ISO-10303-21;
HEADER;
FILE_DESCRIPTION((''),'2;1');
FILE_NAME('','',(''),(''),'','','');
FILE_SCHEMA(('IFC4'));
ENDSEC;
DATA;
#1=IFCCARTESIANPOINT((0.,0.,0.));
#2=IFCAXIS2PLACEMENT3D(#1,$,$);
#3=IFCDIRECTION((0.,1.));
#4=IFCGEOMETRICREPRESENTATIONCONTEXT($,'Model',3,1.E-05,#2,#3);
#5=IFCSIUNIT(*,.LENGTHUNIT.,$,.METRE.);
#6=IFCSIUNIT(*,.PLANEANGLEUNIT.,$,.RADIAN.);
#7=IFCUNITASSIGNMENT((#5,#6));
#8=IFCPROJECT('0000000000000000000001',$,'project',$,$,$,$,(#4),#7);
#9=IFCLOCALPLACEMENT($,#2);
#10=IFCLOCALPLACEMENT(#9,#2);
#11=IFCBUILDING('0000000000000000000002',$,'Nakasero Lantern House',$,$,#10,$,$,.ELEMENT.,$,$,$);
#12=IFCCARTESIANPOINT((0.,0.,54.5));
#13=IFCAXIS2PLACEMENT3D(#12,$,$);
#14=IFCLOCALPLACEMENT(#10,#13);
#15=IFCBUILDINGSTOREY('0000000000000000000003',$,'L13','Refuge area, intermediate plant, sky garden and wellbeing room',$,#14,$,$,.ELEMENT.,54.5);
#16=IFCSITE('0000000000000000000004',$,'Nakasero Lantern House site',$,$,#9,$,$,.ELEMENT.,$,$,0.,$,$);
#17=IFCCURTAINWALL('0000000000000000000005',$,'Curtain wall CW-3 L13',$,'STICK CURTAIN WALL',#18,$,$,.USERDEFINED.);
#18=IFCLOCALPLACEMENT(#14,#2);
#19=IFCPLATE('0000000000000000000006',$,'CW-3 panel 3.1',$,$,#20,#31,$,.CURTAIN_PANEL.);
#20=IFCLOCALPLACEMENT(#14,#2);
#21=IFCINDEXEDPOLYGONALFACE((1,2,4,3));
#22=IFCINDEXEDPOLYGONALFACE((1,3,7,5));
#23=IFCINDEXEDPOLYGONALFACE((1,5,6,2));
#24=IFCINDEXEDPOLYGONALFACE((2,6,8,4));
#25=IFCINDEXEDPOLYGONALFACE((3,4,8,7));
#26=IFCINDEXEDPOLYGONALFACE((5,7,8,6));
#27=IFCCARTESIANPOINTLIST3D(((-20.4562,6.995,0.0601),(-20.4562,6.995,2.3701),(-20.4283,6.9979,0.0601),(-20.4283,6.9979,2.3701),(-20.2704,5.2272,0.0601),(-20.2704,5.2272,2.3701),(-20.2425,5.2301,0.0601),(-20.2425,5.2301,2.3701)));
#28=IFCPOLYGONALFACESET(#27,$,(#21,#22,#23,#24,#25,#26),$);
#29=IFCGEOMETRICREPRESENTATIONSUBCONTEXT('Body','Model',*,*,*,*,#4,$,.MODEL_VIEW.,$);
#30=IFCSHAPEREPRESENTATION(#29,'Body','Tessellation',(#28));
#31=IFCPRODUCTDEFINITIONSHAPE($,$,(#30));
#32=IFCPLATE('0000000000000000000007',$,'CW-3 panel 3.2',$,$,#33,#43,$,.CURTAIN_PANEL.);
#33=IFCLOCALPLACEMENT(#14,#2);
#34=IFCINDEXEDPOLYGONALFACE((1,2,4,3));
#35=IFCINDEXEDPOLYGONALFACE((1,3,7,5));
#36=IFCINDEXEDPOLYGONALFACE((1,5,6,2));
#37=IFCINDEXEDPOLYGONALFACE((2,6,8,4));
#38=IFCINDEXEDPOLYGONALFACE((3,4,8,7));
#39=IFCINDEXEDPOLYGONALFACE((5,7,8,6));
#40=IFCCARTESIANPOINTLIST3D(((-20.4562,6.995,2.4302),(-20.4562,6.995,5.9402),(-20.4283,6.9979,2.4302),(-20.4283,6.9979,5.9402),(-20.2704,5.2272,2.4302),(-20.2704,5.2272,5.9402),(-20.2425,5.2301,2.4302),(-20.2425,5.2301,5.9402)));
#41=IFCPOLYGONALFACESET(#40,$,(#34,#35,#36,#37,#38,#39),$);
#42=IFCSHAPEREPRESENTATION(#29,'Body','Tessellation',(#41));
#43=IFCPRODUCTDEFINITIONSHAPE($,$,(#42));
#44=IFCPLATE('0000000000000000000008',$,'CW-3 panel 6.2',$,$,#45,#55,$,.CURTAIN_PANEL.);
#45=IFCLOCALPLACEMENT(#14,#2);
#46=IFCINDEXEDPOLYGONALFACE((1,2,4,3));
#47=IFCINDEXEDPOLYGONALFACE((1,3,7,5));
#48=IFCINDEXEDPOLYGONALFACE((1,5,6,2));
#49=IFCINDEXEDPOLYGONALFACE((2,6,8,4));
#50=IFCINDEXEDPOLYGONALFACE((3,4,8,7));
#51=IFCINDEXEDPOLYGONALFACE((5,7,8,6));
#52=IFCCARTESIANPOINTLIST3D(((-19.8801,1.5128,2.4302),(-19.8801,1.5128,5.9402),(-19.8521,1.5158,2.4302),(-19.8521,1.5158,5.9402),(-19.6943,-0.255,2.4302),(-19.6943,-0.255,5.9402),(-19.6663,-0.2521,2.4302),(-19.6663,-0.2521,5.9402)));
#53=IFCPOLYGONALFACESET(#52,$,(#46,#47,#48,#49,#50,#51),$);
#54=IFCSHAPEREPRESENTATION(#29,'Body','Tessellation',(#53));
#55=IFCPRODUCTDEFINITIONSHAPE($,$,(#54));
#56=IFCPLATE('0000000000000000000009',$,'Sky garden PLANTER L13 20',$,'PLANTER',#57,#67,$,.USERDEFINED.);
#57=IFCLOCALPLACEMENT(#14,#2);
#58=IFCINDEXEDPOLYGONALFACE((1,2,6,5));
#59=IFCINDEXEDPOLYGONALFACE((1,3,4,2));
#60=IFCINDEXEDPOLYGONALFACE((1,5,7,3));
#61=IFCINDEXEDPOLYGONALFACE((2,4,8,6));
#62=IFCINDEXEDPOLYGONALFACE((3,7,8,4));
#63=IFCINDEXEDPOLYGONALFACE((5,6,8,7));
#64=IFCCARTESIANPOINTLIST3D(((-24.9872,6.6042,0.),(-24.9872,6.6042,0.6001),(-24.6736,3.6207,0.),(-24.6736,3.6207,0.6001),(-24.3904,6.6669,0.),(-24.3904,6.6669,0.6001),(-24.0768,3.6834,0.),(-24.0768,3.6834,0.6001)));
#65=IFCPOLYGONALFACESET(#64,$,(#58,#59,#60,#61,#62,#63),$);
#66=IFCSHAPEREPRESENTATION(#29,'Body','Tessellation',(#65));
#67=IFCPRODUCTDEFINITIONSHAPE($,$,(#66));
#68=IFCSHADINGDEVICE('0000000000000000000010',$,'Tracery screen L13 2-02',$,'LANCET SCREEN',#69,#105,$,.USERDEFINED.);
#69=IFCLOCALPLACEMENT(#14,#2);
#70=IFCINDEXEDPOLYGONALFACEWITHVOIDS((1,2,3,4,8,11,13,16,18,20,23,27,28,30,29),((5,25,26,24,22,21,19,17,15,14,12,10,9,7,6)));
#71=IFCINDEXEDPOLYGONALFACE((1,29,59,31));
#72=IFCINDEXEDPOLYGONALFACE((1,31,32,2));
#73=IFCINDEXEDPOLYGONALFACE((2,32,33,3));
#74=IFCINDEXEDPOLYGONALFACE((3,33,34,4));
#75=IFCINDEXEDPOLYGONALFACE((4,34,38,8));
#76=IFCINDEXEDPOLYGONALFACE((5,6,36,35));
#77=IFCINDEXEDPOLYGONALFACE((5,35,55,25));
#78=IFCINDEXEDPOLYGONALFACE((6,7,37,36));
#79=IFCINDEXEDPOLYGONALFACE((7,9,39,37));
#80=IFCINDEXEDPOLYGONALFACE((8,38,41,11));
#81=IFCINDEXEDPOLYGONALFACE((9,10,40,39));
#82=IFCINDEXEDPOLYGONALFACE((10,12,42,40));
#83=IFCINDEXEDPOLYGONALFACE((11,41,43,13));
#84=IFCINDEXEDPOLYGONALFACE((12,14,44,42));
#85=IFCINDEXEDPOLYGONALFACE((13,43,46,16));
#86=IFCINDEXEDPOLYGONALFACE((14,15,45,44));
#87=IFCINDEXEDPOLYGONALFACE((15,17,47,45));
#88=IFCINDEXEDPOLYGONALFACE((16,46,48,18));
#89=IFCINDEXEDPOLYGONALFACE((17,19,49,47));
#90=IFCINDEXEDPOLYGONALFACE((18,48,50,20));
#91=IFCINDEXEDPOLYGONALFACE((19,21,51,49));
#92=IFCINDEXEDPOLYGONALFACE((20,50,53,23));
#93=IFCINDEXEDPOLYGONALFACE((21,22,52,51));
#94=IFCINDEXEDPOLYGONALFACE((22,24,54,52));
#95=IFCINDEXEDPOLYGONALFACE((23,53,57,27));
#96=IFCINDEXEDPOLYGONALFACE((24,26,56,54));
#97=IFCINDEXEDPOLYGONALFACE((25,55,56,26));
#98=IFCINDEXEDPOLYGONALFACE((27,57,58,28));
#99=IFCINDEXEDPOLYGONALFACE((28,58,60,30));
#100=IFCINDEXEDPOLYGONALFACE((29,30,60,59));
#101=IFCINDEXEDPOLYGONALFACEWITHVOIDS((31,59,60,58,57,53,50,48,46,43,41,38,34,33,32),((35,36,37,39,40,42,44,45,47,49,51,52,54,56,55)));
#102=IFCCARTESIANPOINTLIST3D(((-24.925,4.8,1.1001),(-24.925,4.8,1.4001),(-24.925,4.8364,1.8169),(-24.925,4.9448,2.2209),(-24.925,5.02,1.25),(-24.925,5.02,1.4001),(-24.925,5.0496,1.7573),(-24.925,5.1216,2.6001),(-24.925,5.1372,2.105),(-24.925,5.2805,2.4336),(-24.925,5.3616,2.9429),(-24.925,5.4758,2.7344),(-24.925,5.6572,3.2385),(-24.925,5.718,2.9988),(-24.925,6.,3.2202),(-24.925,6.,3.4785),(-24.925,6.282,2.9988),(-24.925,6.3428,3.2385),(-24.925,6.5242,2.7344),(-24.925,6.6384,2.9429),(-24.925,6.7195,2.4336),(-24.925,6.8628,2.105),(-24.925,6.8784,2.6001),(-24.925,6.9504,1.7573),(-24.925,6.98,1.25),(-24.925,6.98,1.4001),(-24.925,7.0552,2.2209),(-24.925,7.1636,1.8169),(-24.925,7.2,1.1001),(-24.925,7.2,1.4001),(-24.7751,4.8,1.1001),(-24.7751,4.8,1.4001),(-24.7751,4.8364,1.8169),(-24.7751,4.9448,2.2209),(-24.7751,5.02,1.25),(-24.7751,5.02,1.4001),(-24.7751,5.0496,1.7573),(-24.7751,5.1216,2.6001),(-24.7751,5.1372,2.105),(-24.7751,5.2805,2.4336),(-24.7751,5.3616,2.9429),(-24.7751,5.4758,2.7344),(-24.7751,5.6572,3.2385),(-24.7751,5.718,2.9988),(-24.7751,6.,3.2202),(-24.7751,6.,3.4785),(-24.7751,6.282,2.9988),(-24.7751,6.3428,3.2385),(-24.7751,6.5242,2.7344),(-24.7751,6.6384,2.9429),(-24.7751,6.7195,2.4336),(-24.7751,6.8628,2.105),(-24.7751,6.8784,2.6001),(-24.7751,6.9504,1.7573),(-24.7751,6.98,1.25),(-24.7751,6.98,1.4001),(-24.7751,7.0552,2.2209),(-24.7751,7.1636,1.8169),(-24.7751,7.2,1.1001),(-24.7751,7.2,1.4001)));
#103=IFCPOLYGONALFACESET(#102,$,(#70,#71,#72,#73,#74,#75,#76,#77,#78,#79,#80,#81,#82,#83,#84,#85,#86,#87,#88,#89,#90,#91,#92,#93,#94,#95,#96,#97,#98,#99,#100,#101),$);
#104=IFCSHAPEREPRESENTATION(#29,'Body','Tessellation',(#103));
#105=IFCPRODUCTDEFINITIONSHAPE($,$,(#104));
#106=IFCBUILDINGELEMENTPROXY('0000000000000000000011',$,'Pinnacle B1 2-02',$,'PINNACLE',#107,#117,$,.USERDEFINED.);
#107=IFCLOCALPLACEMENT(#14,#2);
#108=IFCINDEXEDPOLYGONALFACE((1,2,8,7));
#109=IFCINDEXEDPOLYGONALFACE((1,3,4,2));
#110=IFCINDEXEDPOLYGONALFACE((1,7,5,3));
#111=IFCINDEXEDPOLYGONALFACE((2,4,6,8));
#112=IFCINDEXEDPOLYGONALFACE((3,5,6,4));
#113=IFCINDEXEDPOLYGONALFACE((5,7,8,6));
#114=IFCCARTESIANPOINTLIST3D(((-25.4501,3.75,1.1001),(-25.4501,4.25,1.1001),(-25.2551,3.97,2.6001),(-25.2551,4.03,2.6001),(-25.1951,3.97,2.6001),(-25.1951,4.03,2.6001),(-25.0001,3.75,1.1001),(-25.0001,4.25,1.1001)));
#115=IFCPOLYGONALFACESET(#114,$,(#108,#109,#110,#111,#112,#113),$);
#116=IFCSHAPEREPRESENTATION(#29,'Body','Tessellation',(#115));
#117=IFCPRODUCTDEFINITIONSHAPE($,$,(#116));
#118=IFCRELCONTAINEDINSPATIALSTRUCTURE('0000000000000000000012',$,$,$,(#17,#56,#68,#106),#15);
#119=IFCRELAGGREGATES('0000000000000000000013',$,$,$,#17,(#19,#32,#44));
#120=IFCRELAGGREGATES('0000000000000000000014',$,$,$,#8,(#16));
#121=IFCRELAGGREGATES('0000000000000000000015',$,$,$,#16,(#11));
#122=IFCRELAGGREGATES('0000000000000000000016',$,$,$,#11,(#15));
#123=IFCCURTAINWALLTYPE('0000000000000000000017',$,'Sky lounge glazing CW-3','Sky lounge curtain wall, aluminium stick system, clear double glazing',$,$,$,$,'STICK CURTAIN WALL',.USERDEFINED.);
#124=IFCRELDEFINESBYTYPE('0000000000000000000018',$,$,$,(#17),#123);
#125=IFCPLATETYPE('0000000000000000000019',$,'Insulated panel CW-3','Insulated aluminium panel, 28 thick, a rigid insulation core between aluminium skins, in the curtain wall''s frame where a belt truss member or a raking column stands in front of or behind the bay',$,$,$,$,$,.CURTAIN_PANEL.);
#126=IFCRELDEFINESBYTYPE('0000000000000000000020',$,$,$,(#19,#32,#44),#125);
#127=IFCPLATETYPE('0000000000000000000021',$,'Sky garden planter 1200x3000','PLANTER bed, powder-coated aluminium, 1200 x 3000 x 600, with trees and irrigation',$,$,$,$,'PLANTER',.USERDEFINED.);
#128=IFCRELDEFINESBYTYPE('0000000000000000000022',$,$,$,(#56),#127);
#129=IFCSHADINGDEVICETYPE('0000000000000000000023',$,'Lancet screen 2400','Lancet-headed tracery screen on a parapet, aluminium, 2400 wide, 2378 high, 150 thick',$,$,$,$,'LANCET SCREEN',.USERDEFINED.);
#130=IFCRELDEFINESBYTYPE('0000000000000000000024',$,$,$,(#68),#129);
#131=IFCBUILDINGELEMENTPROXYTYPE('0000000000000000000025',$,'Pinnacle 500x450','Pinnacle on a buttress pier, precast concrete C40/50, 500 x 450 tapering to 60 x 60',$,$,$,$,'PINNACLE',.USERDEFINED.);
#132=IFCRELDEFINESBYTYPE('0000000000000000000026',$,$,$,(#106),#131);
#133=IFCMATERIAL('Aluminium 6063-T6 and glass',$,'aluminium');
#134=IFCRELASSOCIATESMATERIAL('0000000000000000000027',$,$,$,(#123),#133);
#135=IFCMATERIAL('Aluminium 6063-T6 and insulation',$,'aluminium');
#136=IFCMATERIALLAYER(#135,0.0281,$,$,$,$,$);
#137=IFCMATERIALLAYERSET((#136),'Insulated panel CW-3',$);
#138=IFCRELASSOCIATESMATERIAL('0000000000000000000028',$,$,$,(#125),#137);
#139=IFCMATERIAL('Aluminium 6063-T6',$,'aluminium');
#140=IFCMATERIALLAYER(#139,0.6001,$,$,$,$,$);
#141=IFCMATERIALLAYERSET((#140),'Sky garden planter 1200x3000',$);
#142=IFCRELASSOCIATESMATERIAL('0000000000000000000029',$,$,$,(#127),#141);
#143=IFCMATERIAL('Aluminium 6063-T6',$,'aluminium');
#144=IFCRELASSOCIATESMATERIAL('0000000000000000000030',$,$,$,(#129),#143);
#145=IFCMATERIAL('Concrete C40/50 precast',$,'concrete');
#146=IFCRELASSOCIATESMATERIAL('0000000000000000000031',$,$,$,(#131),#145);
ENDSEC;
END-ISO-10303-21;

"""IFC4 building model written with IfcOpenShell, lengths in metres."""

from ifc_helpers import new_model, entity, si_unit, direction, frame, origin, origin_2d, place, context, subcontext, project, spatial, polyline, rectangle, outline, extrude, material, layer, layer_set, type_object, element, aggregate, save


model = new_model("IFC4")

# Units and contexts
model_context = context("Model", 3, precision=1e-05, world=origin(), true_north=direction((0.0, 1.0)))
body_context = subcontext(model_context, "Body", "Model", "MODEL_VIEW")
ifc_project = project(units=[si_unit("LENGTHUNIT", "METRE"), si_unit("PLANEANGLEUNIT", "RADIAN")], contexts=[model_context])

# Site, building, storey
site_placement = place(None, origin())
site = spatial("IfcSite", under=ifc_project, at=site_placement, Name="Nakasero Lantern House site", CompositionType="ELEMENT", RefElevation=0.0)
building_placement = place(site_placement, origin())
building = spatial("IfcBuilding", under=site, at=building_placement, Name="Nakasero Lantern House", CompositionType="ELEMENT")
storey_placement = place(building_placement, frame((0.0, 0.0, 54.5)))
storey = spatial("IfcBuildingStorey", under=building, at=storey_placement, Name="L13", Description="Refuge area, intermediate plant, sky garden and wellbeing room", CompositionType="ELEMENT", Elevation=54.5)

# Curtain wall, plates
ifc_material_1 = material(Name="Aluminium 6063-T6 and glass", Category="aluminium")
curtain_wall_type = type_object("IfcCurtainWallType", Name="Sky lounge glazing CW-3", Description="Sky lounge curtain wall, aluminium stick system, clear double glazing", ElementType="STICK CURTAIN WALL", PredefinedType="USERDEFINED", material=ifc_material_1)
curtain_wall_placement = place(storey_placement, origin())
curtain_wall = element("IfcCurtainWall", 1, at=curtain_wall_placement, inside=storey, type_object=curtain_wall_type, Name="Curtain wall CW-3 L13", ObjectType="STICK CURTAIN WALL", PredefinedType="USERDEFINED")
ifc_material_2 = material(Name="Aluminium 6063-T6 and insulation", Category="aluminium")
ifc_layer_1 = layer(ifc_material_2, 0.0281)
ifc_layer_set_1 = layer_set([ifc_layer_1], Name="Insulated panel CW-3")
plate_type_1 = type_object("IfcPlateType", Name="Insulated panel CW-3", Description="Insulated aluminium panel, 28 thick, a rigid insulation core between aluminium skins, in the curtain wall's frame where a belt truss member or a raking column stands in front of or behind the bay", PredefinedType="CURTAIN_PANEL", material=ifc_layer_set_1)
plate_1_placement = place(storey_placement, frame((-20.3494, 6.1125, 0.0601), z_axis=(0.0, 0.0, 1.0), x_axis=(0.104528, -0.994522, 0.0)))
plate_1 = element("IfcPlate", 2, at=plate_1_placement, type_object=plate_type_1, Name="CW-3 panel 3.1", PredefinedType="CURTAIN_PANEL", context=body_context, shape_type="SweptSolid", body=[
    extrude(rectangle(XDim=1.7776, YDim=0.0281, at=origin_2d()), origin(), (0.0, 0.0, 1.0), 2.3101),
])
plate_2_placement = place(storey_placement, frame((-20.3494, 6.1125, 2.4302), z_axis=(0.0, 0.0, 1.0), x_axis=(0.104528, -0.994522, 0.0)))
plate_2 = element("IfcPlate", 3, at=plate_2_placement, type_object=plate_type_1, Name="CW-3 panel 3.2", PredefinedType="CURTAIN_PANEL", context=body_context, shape_type="SweptSolid", body=[
    extrude(rectangle(XDim=1.7776, YDim=0.0281, at=origin_2d()), origin(), (0.0, 0.0, 1.0), 3.51),
])
plate_3_placement = place(storey_placement, frame((-19.7732, 0.6304, 2.4302), z_axis=(0.0, 0.0, 1.0), x_axis=(0.104528, -0.994522, 0.0)))
plate_3 = element("IfcPlate", 4, at=plate_3_placement, type_object=plate_type_1, Name="CW-3 panel 6.2", PredefinedType="CURTAIN_PANEL", context=body_context, shape_type="SweptSolid", body=[
    extrude(rectangle(XDim=1.7776, YDim=0.0281, at=origin_2d()), origin(), (0.0, 0.0, 1.0), 3.51),
])
aggregate(curtain_wall, [plate_1, plate_2, plate_3])

# Plate
ifc_material_3 = material(Name="Aluminium 6063-T6", Category="aluminium")
ifc_layer_2 = layer(ifc_material_3, 0.6001)
ifc_layer_set_2 = layer_set([ifc_layer_2], Name="Sky garden planter 1200x3000")
plate_type_2 = type_object("IfcPlateType", Name="Sky garden planter 1200x3000", Description="PLANTER bed, powder-coated aluminium, 1200 x 3000 x 600, with trees and irrigation", ElementType="PLANTER", PredefinedType="USERDEFINED", material=ifc_layer_set_2)
plate_4_placement = place(storey_placement, frame((-24.532, 5.1438, 0.0), z_axis=(0.0, 0.0, 1.0), x_axis=(-0.994522, -0.104528, 0.0)))
element("IfcPlate", 5, at=plate_4_placement, inside=storey, type_object=plate_type_2, Name="Sky garden PLANTER L13 20", ObjectType="PLANTER", PredefinedType="USERDEFINED", context=body_context, shape_type="SweptSolid", body=[
    extrude(rectangle(XDim=0.6001, YDim=3.0, at=origin_2d()), origin(), (0.0, 0.0, 1.0), 0.6001),
])

# Shading device
ifc_material_4 = material(Name="Aluminium 6063-T6", Category="aluminium")
shading_device_type = type_object("IfcShadingDeviceType", Name="Lancet screen 2400", Description="Lancet-headed tracery screen on a parapet, aluminium, 2400 wide, 2378 high, 150 thick", ElementType="LANCET SCREEN", PredefinedType="USERDEFINED", material=ifc_material_4)
shading_device_placement = place(storey_placement, frame((-24.8501, 6.0, 1.1001), z_axis=(0.0, 0.0, 1.0), x_axis=(0.0, -1.0, 0.0)))
element("IfcShadingDevice", 6, at=shading_device_placement, inside=storey, type_object=shading_device_type, Name="Tracery screen L13 2-02", ObjectType="LANCET SCREEN", PredefinedType="USERDEFINED", context=body_context, shape_type="SweptSolid", body=[
    extrude(outline(polyline([(-1.2, 0.0), (1.2, 0.0), (1.2, 0.3), (1.1636, 0.7168), (1.0552, 1.1208), (0.8784, 1.5), (0.6384, 1.8428), (0.3428, 2.1384), (0.0, 2.3784), (-0.3428, 2.1384), (-0.6384, 1.8428), (-0.8784, 1.5), (-1.0552, 1.1208), (-1.1636, 0.7168), (-1.2, 0.3), (-1.2, 0.0)]), holes=[polyline([(-0.98, 0.1499), (0.98, 0.1499), (0.98, 0.3), (0.9504, 0.6572), (0.8628, 1.0049), (0.7195, 1.3335), (0.5242, 1.6343), (0.282, 1.8987), (0.0, 2.1201), (-0.282, 1.8987), (-0.5242, 1.6343), (-0.7195, 1.3335), (-0.8628, 1.0049), (-0.9504, 0.6572), (-0.98, 0.3), (-0.98, 0.1499)])]), frame((0.0, 0.075, 0.0), z_axis=(0.0, -1.0, 0.0), x_axis=(1.0, 0.0, 0.0)), (0.0, 0.0, 1.0), 0.1499),
])

# Building element proxy
ifc_material_5 = material(Name="Concrete C40/50 precast", Category="concrete")
building_element_proxy_type = type_object("IfcBuildingElementProxyType", Name="Pinnacle 500x450", Description="Pinnacle on a buttress pier, precast concrete C40/50, 500 x 450 tapering to 60 x 60", ElementType="PINNACLE", PredefinedType="USERDEFINED", material=ifc_material_5)
proxy_placement = place(storey_placement, frame((-25.2251, 4.0, 1.1001), z_axis=(0.0, 0.0, 1.0), x_axis=(-1.0, 0.0, 0.0)))
element("IfcBuildingElementProxy", 7, at=proxy_placement, inside=storey, type_object=building_element_proxy_type, Name="Pinnacle B1 2-02", ObjectType="PINNACLE", PredefinedType="USERDEFINED", context=body_context, shape_type="SweptSolid", body=[
    entity("IfcExtrudedAreaSolidTapered", entity("IfcRectangleProfileDef", "AREA", None, entity("IfcAxis2Placement2D", entity("IfcCartesianPoint", [0.0, 0.0])), 0.45, 0.5), entity("IfcAxis2Placement3D", entity("IfcCartesianPoint", [0.0, 0.0, 0.0])), entity("IfcDirection", [0.0, 0.0, 1.0]), 1.5, entity("IfcRectangleProfileDef", "AREA", None, entity("IfcAxis2Placement2D", entity("IfcCartesianPoint", [0.0, 0.0])), 0.0601, 0.0601)),
])

save(model, "model.ifc")
